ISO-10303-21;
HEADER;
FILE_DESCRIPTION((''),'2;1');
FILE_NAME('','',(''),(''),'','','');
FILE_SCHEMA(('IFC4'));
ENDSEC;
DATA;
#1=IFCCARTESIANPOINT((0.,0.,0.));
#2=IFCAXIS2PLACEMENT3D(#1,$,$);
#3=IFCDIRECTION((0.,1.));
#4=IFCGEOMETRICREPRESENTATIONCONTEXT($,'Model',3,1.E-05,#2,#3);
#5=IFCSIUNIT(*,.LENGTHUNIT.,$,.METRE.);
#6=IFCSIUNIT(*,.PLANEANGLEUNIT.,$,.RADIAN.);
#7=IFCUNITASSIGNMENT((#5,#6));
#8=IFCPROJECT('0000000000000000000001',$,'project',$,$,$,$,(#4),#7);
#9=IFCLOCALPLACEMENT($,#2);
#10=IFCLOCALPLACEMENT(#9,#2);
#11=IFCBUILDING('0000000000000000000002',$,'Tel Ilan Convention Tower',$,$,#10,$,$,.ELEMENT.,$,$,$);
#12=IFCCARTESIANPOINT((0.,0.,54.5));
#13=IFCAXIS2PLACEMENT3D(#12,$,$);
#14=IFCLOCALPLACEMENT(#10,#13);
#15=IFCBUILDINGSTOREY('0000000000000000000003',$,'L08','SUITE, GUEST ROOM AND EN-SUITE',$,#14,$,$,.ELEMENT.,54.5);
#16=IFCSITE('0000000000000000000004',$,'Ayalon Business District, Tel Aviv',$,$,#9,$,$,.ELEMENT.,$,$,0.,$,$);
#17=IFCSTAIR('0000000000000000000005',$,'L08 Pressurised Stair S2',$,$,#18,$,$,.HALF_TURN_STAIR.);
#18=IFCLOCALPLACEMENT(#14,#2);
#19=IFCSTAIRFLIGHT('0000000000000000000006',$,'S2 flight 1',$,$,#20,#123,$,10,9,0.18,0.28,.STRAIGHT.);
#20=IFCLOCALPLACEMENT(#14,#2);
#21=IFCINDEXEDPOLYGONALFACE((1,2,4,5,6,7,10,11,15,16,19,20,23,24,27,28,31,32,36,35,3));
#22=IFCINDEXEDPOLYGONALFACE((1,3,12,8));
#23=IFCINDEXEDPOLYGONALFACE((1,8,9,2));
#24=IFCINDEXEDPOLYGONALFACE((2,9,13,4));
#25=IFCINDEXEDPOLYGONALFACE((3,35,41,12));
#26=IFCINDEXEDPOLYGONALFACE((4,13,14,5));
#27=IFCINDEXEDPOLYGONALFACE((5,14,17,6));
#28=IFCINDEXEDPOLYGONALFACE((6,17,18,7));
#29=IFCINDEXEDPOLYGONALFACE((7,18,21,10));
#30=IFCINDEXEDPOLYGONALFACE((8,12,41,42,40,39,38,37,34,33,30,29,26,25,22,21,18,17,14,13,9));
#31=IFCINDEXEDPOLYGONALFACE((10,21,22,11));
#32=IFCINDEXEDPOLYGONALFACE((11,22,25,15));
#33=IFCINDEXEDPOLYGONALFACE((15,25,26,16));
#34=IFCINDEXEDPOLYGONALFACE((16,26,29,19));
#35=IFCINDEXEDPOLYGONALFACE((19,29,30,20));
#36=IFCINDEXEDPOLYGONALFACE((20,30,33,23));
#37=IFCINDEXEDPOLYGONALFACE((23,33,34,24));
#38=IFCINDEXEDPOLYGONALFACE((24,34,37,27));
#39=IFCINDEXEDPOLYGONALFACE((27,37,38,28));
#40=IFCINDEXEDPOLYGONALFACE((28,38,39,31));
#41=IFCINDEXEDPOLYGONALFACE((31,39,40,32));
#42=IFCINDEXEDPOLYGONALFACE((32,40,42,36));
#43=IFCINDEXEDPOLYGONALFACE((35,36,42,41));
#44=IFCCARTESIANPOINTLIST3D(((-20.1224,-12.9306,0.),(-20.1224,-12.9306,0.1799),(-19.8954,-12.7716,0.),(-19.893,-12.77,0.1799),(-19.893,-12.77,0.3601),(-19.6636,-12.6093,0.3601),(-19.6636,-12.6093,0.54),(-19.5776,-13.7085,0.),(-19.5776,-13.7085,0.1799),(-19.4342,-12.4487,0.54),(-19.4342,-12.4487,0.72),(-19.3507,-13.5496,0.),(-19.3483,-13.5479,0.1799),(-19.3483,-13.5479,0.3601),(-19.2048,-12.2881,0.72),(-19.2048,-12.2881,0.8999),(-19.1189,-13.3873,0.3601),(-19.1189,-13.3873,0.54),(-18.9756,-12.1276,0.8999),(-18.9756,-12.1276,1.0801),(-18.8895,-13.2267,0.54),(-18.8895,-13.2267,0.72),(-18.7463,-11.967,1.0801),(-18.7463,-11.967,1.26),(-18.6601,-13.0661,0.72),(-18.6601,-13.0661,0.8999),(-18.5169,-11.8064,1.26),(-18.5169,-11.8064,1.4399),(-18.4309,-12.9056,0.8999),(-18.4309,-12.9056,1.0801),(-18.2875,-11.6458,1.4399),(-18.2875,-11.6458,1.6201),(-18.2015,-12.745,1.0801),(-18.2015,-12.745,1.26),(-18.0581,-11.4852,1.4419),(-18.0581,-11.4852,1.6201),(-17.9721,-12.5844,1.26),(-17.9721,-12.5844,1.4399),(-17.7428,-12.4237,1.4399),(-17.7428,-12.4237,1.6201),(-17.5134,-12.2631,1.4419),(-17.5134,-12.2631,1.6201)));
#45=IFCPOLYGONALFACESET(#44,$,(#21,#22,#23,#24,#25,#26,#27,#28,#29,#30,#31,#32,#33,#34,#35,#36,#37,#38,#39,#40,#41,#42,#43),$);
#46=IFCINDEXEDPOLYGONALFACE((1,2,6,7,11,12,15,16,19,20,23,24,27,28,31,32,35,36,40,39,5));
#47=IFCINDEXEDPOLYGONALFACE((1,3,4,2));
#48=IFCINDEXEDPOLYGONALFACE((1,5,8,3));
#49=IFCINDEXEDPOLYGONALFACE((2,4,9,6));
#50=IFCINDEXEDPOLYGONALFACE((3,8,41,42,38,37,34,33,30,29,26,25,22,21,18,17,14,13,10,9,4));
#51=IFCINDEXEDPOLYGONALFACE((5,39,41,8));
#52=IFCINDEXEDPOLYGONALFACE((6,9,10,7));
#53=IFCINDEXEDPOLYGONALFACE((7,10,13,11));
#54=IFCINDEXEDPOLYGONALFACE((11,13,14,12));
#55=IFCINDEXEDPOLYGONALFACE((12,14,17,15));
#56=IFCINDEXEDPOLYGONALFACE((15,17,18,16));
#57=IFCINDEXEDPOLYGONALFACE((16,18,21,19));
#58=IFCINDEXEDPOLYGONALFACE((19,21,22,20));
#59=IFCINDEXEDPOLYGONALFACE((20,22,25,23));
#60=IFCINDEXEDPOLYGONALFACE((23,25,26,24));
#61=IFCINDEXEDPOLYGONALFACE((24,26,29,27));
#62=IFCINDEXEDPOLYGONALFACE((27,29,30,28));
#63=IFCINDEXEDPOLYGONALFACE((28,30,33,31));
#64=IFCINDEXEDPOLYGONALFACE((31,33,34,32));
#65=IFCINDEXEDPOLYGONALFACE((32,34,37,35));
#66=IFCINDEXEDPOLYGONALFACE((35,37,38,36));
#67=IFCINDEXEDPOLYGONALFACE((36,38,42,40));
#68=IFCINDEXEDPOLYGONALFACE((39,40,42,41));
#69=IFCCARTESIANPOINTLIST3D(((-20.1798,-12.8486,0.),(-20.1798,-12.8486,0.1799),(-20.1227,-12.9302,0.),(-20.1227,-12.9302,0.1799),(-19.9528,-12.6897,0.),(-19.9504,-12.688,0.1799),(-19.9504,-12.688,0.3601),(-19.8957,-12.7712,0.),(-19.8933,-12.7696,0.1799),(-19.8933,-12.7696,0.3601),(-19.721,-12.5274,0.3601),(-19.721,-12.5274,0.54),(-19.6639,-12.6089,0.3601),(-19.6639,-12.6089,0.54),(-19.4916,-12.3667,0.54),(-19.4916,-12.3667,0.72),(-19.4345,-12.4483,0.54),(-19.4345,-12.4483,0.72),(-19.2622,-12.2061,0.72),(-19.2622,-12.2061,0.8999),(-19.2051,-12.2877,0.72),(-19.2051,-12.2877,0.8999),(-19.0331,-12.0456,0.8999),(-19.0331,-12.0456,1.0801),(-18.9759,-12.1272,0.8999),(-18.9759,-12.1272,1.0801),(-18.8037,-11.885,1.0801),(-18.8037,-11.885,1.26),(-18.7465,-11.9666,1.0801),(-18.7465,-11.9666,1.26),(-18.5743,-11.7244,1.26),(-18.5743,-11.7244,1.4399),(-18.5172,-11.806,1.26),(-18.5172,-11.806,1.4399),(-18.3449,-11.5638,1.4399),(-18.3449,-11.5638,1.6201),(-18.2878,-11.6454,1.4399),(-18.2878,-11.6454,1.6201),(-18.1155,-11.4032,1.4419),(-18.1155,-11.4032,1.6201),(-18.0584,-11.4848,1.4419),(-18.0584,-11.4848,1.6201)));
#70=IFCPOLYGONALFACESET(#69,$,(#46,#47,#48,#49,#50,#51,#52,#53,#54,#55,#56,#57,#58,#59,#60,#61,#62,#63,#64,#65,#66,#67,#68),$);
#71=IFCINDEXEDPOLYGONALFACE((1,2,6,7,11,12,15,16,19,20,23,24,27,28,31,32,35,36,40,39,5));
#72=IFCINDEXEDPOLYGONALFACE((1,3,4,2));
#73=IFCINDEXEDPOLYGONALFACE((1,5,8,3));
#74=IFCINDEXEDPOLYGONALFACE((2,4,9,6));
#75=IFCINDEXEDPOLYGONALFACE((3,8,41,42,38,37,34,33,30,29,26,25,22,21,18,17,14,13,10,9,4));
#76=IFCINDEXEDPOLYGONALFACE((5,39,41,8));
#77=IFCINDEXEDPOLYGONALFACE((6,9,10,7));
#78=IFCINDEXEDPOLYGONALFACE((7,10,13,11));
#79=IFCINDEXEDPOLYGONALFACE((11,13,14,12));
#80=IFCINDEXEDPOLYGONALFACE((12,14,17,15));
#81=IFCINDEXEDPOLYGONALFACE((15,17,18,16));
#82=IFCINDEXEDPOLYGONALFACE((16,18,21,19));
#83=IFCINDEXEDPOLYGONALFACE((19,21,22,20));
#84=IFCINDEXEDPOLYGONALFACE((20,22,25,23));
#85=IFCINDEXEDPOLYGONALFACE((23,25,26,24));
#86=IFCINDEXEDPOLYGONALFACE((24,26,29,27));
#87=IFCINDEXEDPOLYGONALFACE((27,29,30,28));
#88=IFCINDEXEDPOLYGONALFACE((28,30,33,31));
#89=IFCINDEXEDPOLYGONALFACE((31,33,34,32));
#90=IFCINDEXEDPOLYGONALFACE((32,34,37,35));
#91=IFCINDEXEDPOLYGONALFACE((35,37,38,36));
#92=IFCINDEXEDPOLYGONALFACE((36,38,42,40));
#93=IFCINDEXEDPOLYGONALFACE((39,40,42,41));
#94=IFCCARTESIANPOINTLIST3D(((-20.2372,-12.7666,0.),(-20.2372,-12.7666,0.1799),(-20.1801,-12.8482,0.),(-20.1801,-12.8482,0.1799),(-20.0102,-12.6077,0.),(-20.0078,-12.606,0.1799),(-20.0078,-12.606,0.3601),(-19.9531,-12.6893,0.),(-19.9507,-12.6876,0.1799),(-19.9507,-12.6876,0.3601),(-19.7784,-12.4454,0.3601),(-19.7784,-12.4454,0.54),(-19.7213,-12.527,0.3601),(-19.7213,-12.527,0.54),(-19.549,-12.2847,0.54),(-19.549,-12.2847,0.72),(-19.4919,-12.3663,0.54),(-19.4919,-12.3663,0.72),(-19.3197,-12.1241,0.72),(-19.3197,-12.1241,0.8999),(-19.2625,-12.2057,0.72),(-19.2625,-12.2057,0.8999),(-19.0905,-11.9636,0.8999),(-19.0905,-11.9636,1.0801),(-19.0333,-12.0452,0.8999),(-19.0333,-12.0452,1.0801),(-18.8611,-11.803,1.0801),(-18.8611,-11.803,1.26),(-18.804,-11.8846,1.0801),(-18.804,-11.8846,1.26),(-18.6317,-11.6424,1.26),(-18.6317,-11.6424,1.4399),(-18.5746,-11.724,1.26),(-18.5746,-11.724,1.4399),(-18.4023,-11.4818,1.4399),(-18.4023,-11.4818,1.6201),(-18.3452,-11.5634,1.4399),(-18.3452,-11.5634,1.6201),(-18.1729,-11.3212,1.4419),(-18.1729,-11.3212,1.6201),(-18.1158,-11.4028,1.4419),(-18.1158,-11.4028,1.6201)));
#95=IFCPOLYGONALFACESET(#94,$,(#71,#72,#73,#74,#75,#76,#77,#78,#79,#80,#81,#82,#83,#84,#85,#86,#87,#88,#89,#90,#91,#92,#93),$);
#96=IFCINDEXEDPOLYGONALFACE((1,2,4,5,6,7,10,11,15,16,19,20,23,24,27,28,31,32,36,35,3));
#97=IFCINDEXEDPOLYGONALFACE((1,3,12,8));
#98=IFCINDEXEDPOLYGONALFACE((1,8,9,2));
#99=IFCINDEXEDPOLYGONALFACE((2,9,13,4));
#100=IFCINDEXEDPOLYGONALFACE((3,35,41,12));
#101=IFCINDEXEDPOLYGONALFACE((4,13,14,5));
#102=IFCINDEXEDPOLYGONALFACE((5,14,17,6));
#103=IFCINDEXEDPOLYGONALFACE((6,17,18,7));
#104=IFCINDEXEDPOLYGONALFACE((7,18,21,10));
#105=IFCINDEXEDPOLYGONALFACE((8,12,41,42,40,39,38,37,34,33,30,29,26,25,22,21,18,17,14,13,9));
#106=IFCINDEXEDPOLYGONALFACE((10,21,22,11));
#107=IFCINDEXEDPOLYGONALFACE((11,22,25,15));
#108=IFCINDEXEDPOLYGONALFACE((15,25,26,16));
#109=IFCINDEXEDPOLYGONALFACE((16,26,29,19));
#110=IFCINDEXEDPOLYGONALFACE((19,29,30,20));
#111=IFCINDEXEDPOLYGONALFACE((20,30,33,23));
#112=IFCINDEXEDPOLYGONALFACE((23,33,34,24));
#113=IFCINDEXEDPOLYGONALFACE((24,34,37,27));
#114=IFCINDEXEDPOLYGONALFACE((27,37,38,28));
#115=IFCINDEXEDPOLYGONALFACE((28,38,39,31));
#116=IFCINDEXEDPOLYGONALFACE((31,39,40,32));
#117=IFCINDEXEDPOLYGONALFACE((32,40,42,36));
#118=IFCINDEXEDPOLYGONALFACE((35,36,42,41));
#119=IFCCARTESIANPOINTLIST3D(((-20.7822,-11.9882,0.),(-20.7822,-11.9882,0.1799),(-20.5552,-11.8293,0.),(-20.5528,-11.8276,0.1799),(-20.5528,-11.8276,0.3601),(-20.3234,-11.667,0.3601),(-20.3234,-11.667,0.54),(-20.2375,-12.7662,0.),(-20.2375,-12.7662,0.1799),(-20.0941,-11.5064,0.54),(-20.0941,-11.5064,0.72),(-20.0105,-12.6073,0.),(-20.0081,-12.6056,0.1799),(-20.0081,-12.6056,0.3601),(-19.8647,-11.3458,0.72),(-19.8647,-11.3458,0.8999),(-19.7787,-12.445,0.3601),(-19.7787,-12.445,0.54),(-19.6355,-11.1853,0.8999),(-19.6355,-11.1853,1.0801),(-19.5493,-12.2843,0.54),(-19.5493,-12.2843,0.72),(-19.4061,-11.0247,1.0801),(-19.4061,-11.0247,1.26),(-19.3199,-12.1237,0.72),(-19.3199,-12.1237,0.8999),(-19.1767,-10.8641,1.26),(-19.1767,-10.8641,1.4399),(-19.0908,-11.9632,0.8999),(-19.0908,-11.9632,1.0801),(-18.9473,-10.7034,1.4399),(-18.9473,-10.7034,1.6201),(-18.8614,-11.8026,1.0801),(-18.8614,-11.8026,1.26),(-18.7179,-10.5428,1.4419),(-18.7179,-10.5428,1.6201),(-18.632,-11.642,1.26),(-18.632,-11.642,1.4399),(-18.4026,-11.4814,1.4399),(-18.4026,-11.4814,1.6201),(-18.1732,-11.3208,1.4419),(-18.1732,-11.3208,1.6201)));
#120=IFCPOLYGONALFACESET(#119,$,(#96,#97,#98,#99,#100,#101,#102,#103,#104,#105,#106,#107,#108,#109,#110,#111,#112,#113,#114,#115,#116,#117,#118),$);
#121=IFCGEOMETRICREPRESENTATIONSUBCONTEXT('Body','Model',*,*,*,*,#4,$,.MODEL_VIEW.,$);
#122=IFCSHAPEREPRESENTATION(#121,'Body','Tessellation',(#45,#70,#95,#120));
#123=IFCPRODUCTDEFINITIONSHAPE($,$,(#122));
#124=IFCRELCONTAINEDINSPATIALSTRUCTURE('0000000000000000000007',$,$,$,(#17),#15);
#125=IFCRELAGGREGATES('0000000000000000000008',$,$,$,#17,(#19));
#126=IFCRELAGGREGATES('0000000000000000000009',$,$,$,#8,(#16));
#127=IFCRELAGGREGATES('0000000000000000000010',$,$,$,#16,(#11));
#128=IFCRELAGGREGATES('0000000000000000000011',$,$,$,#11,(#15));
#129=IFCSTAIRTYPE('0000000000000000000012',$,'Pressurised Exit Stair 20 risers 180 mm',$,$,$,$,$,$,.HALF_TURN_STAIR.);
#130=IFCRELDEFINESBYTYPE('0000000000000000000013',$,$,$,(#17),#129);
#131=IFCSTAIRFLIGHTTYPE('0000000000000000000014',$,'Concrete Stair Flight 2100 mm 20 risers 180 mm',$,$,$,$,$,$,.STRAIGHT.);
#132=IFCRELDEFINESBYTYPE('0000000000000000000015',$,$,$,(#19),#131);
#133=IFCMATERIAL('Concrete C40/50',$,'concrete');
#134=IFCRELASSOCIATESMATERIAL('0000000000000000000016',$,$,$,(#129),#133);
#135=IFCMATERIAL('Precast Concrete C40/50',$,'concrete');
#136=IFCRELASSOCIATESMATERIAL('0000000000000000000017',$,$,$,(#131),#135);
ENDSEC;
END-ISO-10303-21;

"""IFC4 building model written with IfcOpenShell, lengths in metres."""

from ifc_helpers import new_model, si_unit, direction, frame, origin, place, context, subcontext, project, spatial, polyline, outline, extrude, material, type_object, element, aggregate, save


model = new_model("IFC4")

# Units and contexts
model_context = context("Model", 3, precision=1e-05, world=origin(), true_north=direction((0.0, 1.0)))
body_context = subcontext(model_context, "Body", "Model", "MODEL_VIEW")
ifc_project = project(units=[si_unit("LENGTHUNIT", "METRE"), si_unit("PLANEANGLEUNIT", "RADIAN")], contexts=[model_context])

# Site, building, storey
site_placement = place(None, origin())
site = spatial("IfcSite", under=ifc_project, at=site_placement, Name="Ayalon Business District, Tel Aviv", CompositionType="ELEMENT", RefElevation=0.0)
building_placement = place(site_placement, origin())
building = spatial("IfcBuilding", under=site, at=building_placement, Name="Tel Ilan Convention Tower", CompositionType="ELEMENT")
storey_placement = place(building_placement, frame((0.0, 0.0, 54.5)))
storey = spatial("IfcBuildingStorey", under=building, at=storey_placement, Name="L08", Description="SUITE, GUEST ROOM AND EN-SUITE", CompositionType="ELEMENT", Elevation=54.5)

# Shared definitions
ifc_material_1 = material(Name="Concrete C40/50", Category="concrete")
stair_type = type_object("IfcStairType", Name="Pressurised Exit Stair 20 risers 180 mm", PredefinedType="HALF_TURN_STAIR", material=ifc_material_1)
ifc_material_2 = material(Name="Precast Concrete C40/50", Category="concrete")
stair_flight_type = type_object("IfcStairFlightType", Name="Concrete Stair Flight 2100 mm 20 risers 180 mm", PredefinedType="STRAIGHT", material=ifc_material_2)

# Stair, stair flight
stair_1_placement = place(storey_placement, origin())
stair_1 = element("IfcStair", 1, at=stair_1_placement, inside=storey, type_object=stair_type, Name="L08 Pressurised Stair S2", PredefinedType="HALF_TURN_STAIR")
stair_flight_1_placement = place(storey_placement, frame((-20.1799, -12.8484, 0.0), z_axis=(0.0, 0.0, 1.0), x_axis=(0.819152, 0.573576, 0.0)))
stair_flight_1 = element("IfcStairFlight", 2, at=stair_flight_1_placement, type_object=stair_flight_type, Name="S2 flight 1", NumberOfRisers=10, NumberOfTreads=9, PredefinedType="STRAIGHT", RiserHeight=0.18, TreadLength=0.28, context=body_context, shape_type="SweptSolid", body=[
    extrude(outline(polyline([(0.0, 0.0), (0.0, 0.1799), (0.28, 0.1799), (0.28, 0.3601), (0.5601, 0.3601), (0.5601, 0.54), (0.8401, 0.54), (0.8401, 0.72), (1.1201, 0.72), (1.1201, 0.8999), (1.3999, 0.8999), (1.3999, 1.0801), (1.6799, 1.0801), (1.6799, 1.26), (1.96, 1.26), (1.96, 1.4399), (2.24, 1.4399), (2.24, 1.6201), (2.52, 1.6201), (2.52, 1.8), (2.52, 1.4419), (0.2771, 0.0), (0.0, 0.0)])), frame((0.0, -0.1003, 0.0), z_axis=(0.0, -1.0, 0.0), x_axis=(1.0, 0.0, 0.0)), (0.0, 0.0, 1.0), 0.9497),
    extrude(outline(polyline([(0.0, 0.0), (0.0, 0.1799), (0.28, 0.1799), (0.28, 0.3601), (0.5601, 0.3601), (0.5601, 0.54), (0.8401, 0.54), (0.8401, 0.72), (1.1201, 0.72), (1.1201, 0.8999), (1.3999, 0.8999), (1.3999, 1.0801), (1.6799, 1.0801), (1.6799, 1.26), (1.96, 1.26), (1.96, 1.4399), (2.24, 1.4399), (2.24, 1.6201), (2.52, 1.6201), (2.52, 1.8), (2.52, 1.4419), (0.2771, 0.0), (0.0, 0.0)])), frame((0.0, -0.0002, 0.0), z_axis=(0.0, -1.0, 0.0), x_axis=(1.0, 0.0, 0.0)), (0.0, 0.0, 1.0), 0.0996),
    extrude(outline(polyline([(0.0, 0.0), (0.0, 0.1799), (0.28, 0.1799), (0.28, 0.3601), (0.5601, 0.3601), (0.5601, 0.54), (0.8401, 0.54), (0.8401, 0.72), (1.1201, 0.72), (1.1201, 0.8999), (1.3999, 0.8999), (1.3999, 1.0801), (1.6799, 1.0801), (1.6799, 1.26), (1.96, 1.26), (1.96, 1.4399), (2.24, 1.4399), (2.24, 1.6201), (2.52, 1.6201), (2.52, 1.8), (2.52, 1.4419), (0.2771, 0.0), (0.0, 0.0)])), frame((0.0, 0.0999, 0.0), z_axis=(0.0, -1.0, 0.0), x_axis=(1.0, 0.0, 0.0)), (0.0, 0.0, 1.0), 0.0996),
    extrude(outline(polyline([(0.0, 0.0), (0.0, 0.1799), (0.28, 0.1799), (0.28, 0.3601), (0.5601, 0.3601), (0.5601, 0.54), (0.8401, 0.54), (0.8401, 0.72), (1.1201, 0.72), (1.1201, 0.8999), (1.3999, 0.8999), (1.3999, 1.0801), (1.6799, 1.0801), (1.6799, 1.26), (1.96, 1.26), (1.96, 1.4399), (2.24, 1.4399), (2.24, 1.6201), (2.52, 1.6201), (2.52, 1.8), (2.52, 1.4419), (0.2771, 0.0), (0.0, 0.0)])), frame((0.0, 1.05, 0.0), z_axis=(0.0, -1.0, 0.0), x_axis=(1.0, 0.0, 0.0)), (0.0, 0.0, 1.0), 0.9497),
])
aggregate(stair_1, [stair_flight_1])

save(model, "model.ifc")
